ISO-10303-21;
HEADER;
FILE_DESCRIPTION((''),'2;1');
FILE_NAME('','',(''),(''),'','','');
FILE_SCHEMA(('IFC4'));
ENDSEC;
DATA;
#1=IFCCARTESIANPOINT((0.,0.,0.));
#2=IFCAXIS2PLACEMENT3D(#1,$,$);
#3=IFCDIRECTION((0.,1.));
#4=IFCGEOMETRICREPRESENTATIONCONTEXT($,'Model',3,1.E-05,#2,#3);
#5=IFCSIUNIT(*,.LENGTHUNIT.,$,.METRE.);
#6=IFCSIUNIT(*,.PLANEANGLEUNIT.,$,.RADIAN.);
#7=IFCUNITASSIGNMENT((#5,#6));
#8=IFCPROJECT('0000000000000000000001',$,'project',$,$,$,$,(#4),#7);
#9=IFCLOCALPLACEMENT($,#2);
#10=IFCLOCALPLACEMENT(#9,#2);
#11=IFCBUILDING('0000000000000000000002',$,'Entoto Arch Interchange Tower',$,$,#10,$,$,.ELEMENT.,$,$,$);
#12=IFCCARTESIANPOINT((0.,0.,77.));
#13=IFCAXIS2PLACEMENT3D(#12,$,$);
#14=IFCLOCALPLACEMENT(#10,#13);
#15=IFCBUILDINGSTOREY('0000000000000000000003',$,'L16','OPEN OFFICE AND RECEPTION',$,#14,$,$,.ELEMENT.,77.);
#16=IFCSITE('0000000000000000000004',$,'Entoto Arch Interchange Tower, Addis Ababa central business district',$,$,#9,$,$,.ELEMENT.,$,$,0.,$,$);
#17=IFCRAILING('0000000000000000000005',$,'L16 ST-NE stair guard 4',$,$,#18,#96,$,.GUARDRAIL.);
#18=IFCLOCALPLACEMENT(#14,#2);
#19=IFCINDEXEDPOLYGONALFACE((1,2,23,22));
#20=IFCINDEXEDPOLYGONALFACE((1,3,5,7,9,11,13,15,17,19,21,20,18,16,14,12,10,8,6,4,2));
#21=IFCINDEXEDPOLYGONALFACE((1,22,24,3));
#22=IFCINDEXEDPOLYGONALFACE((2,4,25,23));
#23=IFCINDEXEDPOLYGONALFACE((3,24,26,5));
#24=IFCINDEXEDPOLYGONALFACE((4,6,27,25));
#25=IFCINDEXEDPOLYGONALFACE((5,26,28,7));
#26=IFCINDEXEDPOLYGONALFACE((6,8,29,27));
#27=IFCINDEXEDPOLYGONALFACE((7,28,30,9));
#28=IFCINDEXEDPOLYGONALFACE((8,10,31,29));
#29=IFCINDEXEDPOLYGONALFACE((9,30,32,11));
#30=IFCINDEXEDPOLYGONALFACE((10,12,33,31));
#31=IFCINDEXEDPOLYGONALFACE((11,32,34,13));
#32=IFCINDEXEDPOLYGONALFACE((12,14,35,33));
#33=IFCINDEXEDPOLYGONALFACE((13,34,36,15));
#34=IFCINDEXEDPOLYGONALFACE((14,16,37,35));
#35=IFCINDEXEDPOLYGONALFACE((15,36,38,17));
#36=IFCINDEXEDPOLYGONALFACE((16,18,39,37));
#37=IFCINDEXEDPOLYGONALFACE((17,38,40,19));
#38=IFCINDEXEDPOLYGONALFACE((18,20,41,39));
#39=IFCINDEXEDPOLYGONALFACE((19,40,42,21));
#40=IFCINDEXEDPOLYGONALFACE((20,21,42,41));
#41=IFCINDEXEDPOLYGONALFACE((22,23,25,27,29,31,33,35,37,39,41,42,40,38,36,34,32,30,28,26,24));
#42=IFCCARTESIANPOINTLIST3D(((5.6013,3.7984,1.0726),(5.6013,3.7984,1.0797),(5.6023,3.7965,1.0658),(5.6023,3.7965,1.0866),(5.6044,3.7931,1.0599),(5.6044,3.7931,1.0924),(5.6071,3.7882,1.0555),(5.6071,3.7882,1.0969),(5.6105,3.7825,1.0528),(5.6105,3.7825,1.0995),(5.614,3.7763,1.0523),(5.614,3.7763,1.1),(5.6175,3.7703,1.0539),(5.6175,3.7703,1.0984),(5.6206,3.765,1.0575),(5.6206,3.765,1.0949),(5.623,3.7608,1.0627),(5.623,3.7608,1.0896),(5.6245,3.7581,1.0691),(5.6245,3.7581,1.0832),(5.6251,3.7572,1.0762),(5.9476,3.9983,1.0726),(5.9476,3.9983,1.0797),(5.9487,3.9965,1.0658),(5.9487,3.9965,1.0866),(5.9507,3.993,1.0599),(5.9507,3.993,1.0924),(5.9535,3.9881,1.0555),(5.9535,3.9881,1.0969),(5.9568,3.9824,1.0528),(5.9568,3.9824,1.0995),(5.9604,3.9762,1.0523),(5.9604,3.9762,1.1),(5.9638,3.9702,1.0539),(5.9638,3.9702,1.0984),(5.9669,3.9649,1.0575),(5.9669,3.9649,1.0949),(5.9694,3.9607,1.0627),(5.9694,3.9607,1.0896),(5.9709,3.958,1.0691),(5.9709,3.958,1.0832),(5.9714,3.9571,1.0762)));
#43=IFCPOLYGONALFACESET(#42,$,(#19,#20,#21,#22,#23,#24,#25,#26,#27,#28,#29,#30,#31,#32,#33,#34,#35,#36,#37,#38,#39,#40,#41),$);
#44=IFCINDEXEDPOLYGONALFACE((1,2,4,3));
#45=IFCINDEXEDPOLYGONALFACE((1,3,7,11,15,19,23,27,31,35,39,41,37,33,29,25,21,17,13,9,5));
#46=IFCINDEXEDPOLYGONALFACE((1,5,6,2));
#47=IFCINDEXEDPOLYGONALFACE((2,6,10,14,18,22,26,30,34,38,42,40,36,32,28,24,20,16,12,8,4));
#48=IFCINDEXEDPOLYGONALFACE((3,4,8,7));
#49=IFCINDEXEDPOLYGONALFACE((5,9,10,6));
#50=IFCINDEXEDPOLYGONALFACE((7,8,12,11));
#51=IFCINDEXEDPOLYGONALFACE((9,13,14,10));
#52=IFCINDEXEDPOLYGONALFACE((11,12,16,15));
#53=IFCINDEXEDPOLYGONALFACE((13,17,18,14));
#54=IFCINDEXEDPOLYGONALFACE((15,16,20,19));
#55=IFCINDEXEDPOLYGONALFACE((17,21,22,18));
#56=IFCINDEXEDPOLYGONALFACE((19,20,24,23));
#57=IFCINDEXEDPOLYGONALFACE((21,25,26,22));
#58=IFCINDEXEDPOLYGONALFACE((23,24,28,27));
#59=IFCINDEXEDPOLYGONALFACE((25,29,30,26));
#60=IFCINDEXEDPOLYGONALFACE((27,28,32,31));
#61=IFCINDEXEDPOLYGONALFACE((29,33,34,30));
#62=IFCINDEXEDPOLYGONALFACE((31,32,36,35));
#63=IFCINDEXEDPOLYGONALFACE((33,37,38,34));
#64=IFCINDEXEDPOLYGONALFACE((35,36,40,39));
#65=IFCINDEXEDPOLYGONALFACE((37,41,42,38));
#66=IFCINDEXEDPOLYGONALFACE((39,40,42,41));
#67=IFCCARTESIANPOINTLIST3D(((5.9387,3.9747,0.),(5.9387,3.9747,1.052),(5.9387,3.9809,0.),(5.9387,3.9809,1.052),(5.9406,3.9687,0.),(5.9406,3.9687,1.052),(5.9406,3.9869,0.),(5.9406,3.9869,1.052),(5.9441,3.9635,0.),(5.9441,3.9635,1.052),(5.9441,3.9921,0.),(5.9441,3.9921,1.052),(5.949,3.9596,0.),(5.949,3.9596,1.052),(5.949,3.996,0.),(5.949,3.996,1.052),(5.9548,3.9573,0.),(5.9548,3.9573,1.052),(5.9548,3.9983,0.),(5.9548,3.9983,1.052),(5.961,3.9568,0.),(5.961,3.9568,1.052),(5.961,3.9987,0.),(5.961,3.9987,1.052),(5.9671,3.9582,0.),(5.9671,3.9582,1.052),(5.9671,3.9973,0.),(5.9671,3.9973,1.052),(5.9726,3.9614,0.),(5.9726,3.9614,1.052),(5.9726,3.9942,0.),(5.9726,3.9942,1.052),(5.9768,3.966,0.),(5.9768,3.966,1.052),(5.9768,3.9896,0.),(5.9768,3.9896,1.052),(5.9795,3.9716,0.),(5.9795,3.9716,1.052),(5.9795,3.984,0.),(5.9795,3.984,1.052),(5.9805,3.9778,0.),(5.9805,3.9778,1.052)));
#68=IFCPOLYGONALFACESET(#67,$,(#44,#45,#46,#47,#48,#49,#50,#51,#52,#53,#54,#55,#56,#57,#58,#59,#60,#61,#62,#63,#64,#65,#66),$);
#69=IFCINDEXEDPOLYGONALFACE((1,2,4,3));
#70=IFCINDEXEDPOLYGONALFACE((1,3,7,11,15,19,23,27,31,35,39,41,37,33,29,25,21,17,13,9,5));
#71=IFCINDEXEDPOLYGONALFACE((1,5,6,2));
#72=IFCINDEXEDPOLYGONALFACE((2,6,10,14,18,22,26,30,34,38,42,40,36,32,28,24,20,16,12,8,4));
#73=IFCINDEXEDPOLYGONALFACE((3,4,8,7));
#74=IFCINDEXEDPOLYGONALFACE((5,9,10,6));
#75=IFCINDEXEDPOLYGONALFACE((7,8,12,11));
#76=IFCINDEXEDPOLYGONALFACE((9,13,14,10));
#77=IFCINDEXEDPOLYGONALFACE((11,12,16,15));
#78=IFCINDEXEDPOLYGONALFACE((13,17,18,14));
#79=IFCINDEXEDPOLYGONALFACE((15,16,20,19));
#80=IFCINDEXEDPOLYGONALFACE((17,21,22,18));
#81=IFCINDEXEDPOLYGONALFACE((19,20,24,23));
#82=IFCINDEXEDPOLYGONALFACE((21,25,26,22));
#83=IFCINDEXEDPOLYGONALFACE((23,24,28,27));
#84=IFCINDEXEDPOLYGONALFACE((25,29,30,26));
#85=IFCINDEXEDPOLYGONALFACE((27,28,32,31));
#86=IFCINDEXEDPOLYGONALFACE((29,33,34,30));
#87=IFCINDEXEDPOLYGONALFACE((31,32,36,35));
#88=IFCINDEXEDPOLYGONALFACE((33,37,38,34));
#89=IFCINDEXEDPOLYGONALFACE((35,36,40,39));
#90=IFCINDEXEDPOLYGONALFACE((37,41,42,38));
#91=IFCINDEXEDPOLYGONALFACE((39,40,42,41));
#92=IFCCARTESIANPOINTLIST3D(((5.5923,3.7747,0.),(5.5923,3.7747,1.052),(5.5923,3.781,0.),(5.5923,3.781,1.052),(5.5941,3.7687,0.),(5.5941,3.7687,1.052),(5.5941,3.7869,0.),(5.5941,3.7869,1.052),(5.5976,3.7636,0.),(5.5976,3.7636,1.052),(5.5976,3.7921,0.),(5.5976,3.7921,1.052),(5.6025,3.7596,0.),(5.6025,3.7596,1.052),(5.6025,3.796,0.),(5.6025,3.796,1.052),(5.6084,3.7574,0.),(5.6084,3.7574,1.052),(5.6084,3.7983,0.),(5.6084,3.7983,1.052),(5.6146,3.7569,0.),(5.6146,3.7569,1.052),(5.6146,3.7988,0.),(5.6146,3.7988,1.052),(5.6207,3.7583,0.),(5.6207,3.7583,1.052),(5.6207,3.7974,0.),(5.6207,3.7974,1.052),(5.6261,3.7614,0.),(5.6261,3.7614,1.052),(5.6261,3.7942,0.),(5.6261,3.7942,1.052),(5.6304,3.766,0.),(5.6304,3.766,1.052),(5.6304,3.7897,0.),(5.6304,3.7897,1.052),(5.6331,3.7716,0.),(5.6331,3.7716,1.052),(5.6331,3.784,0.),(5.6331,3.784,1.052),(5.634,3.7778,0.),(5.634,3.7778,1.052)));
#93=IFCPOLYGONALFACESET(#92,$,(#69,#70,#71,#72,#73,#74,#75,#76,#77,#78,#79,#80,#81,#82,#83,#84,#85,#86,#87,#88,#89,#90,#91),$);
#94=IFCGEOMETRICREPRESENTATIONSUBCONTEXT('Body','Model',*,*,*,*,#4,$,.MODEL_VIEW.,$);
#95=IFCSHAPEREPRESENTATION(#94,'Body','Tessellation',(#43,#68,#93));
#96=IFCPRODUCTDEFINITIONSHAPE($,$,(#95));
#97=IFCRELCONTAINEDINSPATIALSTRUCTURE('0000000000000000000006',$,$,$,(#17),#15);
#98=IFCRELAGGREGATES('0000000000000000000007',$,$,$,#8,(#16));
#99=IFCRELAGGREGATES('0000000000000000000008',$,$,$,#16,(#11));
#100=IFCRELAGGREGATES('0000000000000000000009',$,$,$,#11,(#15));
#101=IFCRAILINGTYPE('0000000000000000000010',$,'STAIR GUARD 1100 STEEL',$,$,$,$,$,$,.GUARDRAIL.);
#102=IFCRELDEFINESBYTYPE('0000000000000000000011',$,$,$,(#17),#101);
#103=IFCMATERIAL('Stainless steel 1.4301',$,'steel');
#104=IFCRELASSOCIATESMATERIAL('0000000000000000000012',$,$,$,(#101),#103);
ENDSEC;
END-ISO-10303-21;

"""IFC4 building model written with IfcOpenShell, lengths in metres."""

from ifc_helpers import new_model, si_unit, direction, frame, origin, origin_2d, place, context, subcontext, project, spatial, circle, extrude, material, type_object, element, save


model = new_model("IFC4")

# Units and contexts
model_context = context("Model", 3, precision=1e-05, world=origin(), true_north=direction((0.0, 1.0)))
body_context = subcontext(model_context, "Body", "Model", "MODEL_VIEW")
ifc_project = project(units=[si_unit("LENGTHUNIT", "METRE"), si_unit("PLANEANGLEUNIT", "RADIAN")], contexts=[model_context])

# Site, building, storey
site_placement = place(None, origin())
site = spatial("IfcSite", under=ifc_project, at=site_placement, Name="Entoto Arch Interchange Tower, Addis Ababa central business district", CompositionType="ELEMENT", RefElevation=0.0)
building_placement = place(site_placement, origin())
building = spatial("IfcBuilding", under=site, at=building_placement, Name="Entoto Arch Interchange Tower", CompositionType="ELEMENT")
storey_placement = place(building_placement, frame((0.0, 0.0, 77.0)))
storey = spatial("IfcBuildingStorey", under=building, at=storey_placement, Name="L16", Description="OPEN OFFICE AND RECEPTION", CompositionType="ELEMENT", Elevation=77.0)

# Railing
ifc_material_1 = material(Name="Stainless steel 1.4301", Category="steel")
railing_type_1 = type_object("IfcRailingType", Name="STAIR GUARD 1100 STEEL", PredefinedType="GUARDRAIL", material=ifc_material_1)
railing_1_placement = place(storey_placement, frame((5.9595, 3.9778, 0.0)))
element("IfcRailing", 1, at=railing_1_placement, inside=storey, type_object=railing_type_1, Name="L16 ST-NE stair guard 4", PredefinedType="GUARDRAIL", context=body_context, shape_type="SweptSolid", body=[
    extrude(circle(Radius=0.0239, at=origin_2d()), frame((0.0, 0.0, 1.0762), z_axis=(-0.866094, -0.499881, 0.0), x_axis=(0.499881, -0.866094, 0.0)), (0.0, 0.0, 1.0), 0.3999),
    extrude(circle(Radius=0.021, at=origin_2d()), origin(), (0.0, 0.0, 1.0), 1.052),
    extrude(circle(Radius=0.021, at=origin_2d()), frame((-0.3464, -0.2, 0.0)), (0.0, 0.0, 1.0), 1.052),
])

save(model, "model.ifc")
